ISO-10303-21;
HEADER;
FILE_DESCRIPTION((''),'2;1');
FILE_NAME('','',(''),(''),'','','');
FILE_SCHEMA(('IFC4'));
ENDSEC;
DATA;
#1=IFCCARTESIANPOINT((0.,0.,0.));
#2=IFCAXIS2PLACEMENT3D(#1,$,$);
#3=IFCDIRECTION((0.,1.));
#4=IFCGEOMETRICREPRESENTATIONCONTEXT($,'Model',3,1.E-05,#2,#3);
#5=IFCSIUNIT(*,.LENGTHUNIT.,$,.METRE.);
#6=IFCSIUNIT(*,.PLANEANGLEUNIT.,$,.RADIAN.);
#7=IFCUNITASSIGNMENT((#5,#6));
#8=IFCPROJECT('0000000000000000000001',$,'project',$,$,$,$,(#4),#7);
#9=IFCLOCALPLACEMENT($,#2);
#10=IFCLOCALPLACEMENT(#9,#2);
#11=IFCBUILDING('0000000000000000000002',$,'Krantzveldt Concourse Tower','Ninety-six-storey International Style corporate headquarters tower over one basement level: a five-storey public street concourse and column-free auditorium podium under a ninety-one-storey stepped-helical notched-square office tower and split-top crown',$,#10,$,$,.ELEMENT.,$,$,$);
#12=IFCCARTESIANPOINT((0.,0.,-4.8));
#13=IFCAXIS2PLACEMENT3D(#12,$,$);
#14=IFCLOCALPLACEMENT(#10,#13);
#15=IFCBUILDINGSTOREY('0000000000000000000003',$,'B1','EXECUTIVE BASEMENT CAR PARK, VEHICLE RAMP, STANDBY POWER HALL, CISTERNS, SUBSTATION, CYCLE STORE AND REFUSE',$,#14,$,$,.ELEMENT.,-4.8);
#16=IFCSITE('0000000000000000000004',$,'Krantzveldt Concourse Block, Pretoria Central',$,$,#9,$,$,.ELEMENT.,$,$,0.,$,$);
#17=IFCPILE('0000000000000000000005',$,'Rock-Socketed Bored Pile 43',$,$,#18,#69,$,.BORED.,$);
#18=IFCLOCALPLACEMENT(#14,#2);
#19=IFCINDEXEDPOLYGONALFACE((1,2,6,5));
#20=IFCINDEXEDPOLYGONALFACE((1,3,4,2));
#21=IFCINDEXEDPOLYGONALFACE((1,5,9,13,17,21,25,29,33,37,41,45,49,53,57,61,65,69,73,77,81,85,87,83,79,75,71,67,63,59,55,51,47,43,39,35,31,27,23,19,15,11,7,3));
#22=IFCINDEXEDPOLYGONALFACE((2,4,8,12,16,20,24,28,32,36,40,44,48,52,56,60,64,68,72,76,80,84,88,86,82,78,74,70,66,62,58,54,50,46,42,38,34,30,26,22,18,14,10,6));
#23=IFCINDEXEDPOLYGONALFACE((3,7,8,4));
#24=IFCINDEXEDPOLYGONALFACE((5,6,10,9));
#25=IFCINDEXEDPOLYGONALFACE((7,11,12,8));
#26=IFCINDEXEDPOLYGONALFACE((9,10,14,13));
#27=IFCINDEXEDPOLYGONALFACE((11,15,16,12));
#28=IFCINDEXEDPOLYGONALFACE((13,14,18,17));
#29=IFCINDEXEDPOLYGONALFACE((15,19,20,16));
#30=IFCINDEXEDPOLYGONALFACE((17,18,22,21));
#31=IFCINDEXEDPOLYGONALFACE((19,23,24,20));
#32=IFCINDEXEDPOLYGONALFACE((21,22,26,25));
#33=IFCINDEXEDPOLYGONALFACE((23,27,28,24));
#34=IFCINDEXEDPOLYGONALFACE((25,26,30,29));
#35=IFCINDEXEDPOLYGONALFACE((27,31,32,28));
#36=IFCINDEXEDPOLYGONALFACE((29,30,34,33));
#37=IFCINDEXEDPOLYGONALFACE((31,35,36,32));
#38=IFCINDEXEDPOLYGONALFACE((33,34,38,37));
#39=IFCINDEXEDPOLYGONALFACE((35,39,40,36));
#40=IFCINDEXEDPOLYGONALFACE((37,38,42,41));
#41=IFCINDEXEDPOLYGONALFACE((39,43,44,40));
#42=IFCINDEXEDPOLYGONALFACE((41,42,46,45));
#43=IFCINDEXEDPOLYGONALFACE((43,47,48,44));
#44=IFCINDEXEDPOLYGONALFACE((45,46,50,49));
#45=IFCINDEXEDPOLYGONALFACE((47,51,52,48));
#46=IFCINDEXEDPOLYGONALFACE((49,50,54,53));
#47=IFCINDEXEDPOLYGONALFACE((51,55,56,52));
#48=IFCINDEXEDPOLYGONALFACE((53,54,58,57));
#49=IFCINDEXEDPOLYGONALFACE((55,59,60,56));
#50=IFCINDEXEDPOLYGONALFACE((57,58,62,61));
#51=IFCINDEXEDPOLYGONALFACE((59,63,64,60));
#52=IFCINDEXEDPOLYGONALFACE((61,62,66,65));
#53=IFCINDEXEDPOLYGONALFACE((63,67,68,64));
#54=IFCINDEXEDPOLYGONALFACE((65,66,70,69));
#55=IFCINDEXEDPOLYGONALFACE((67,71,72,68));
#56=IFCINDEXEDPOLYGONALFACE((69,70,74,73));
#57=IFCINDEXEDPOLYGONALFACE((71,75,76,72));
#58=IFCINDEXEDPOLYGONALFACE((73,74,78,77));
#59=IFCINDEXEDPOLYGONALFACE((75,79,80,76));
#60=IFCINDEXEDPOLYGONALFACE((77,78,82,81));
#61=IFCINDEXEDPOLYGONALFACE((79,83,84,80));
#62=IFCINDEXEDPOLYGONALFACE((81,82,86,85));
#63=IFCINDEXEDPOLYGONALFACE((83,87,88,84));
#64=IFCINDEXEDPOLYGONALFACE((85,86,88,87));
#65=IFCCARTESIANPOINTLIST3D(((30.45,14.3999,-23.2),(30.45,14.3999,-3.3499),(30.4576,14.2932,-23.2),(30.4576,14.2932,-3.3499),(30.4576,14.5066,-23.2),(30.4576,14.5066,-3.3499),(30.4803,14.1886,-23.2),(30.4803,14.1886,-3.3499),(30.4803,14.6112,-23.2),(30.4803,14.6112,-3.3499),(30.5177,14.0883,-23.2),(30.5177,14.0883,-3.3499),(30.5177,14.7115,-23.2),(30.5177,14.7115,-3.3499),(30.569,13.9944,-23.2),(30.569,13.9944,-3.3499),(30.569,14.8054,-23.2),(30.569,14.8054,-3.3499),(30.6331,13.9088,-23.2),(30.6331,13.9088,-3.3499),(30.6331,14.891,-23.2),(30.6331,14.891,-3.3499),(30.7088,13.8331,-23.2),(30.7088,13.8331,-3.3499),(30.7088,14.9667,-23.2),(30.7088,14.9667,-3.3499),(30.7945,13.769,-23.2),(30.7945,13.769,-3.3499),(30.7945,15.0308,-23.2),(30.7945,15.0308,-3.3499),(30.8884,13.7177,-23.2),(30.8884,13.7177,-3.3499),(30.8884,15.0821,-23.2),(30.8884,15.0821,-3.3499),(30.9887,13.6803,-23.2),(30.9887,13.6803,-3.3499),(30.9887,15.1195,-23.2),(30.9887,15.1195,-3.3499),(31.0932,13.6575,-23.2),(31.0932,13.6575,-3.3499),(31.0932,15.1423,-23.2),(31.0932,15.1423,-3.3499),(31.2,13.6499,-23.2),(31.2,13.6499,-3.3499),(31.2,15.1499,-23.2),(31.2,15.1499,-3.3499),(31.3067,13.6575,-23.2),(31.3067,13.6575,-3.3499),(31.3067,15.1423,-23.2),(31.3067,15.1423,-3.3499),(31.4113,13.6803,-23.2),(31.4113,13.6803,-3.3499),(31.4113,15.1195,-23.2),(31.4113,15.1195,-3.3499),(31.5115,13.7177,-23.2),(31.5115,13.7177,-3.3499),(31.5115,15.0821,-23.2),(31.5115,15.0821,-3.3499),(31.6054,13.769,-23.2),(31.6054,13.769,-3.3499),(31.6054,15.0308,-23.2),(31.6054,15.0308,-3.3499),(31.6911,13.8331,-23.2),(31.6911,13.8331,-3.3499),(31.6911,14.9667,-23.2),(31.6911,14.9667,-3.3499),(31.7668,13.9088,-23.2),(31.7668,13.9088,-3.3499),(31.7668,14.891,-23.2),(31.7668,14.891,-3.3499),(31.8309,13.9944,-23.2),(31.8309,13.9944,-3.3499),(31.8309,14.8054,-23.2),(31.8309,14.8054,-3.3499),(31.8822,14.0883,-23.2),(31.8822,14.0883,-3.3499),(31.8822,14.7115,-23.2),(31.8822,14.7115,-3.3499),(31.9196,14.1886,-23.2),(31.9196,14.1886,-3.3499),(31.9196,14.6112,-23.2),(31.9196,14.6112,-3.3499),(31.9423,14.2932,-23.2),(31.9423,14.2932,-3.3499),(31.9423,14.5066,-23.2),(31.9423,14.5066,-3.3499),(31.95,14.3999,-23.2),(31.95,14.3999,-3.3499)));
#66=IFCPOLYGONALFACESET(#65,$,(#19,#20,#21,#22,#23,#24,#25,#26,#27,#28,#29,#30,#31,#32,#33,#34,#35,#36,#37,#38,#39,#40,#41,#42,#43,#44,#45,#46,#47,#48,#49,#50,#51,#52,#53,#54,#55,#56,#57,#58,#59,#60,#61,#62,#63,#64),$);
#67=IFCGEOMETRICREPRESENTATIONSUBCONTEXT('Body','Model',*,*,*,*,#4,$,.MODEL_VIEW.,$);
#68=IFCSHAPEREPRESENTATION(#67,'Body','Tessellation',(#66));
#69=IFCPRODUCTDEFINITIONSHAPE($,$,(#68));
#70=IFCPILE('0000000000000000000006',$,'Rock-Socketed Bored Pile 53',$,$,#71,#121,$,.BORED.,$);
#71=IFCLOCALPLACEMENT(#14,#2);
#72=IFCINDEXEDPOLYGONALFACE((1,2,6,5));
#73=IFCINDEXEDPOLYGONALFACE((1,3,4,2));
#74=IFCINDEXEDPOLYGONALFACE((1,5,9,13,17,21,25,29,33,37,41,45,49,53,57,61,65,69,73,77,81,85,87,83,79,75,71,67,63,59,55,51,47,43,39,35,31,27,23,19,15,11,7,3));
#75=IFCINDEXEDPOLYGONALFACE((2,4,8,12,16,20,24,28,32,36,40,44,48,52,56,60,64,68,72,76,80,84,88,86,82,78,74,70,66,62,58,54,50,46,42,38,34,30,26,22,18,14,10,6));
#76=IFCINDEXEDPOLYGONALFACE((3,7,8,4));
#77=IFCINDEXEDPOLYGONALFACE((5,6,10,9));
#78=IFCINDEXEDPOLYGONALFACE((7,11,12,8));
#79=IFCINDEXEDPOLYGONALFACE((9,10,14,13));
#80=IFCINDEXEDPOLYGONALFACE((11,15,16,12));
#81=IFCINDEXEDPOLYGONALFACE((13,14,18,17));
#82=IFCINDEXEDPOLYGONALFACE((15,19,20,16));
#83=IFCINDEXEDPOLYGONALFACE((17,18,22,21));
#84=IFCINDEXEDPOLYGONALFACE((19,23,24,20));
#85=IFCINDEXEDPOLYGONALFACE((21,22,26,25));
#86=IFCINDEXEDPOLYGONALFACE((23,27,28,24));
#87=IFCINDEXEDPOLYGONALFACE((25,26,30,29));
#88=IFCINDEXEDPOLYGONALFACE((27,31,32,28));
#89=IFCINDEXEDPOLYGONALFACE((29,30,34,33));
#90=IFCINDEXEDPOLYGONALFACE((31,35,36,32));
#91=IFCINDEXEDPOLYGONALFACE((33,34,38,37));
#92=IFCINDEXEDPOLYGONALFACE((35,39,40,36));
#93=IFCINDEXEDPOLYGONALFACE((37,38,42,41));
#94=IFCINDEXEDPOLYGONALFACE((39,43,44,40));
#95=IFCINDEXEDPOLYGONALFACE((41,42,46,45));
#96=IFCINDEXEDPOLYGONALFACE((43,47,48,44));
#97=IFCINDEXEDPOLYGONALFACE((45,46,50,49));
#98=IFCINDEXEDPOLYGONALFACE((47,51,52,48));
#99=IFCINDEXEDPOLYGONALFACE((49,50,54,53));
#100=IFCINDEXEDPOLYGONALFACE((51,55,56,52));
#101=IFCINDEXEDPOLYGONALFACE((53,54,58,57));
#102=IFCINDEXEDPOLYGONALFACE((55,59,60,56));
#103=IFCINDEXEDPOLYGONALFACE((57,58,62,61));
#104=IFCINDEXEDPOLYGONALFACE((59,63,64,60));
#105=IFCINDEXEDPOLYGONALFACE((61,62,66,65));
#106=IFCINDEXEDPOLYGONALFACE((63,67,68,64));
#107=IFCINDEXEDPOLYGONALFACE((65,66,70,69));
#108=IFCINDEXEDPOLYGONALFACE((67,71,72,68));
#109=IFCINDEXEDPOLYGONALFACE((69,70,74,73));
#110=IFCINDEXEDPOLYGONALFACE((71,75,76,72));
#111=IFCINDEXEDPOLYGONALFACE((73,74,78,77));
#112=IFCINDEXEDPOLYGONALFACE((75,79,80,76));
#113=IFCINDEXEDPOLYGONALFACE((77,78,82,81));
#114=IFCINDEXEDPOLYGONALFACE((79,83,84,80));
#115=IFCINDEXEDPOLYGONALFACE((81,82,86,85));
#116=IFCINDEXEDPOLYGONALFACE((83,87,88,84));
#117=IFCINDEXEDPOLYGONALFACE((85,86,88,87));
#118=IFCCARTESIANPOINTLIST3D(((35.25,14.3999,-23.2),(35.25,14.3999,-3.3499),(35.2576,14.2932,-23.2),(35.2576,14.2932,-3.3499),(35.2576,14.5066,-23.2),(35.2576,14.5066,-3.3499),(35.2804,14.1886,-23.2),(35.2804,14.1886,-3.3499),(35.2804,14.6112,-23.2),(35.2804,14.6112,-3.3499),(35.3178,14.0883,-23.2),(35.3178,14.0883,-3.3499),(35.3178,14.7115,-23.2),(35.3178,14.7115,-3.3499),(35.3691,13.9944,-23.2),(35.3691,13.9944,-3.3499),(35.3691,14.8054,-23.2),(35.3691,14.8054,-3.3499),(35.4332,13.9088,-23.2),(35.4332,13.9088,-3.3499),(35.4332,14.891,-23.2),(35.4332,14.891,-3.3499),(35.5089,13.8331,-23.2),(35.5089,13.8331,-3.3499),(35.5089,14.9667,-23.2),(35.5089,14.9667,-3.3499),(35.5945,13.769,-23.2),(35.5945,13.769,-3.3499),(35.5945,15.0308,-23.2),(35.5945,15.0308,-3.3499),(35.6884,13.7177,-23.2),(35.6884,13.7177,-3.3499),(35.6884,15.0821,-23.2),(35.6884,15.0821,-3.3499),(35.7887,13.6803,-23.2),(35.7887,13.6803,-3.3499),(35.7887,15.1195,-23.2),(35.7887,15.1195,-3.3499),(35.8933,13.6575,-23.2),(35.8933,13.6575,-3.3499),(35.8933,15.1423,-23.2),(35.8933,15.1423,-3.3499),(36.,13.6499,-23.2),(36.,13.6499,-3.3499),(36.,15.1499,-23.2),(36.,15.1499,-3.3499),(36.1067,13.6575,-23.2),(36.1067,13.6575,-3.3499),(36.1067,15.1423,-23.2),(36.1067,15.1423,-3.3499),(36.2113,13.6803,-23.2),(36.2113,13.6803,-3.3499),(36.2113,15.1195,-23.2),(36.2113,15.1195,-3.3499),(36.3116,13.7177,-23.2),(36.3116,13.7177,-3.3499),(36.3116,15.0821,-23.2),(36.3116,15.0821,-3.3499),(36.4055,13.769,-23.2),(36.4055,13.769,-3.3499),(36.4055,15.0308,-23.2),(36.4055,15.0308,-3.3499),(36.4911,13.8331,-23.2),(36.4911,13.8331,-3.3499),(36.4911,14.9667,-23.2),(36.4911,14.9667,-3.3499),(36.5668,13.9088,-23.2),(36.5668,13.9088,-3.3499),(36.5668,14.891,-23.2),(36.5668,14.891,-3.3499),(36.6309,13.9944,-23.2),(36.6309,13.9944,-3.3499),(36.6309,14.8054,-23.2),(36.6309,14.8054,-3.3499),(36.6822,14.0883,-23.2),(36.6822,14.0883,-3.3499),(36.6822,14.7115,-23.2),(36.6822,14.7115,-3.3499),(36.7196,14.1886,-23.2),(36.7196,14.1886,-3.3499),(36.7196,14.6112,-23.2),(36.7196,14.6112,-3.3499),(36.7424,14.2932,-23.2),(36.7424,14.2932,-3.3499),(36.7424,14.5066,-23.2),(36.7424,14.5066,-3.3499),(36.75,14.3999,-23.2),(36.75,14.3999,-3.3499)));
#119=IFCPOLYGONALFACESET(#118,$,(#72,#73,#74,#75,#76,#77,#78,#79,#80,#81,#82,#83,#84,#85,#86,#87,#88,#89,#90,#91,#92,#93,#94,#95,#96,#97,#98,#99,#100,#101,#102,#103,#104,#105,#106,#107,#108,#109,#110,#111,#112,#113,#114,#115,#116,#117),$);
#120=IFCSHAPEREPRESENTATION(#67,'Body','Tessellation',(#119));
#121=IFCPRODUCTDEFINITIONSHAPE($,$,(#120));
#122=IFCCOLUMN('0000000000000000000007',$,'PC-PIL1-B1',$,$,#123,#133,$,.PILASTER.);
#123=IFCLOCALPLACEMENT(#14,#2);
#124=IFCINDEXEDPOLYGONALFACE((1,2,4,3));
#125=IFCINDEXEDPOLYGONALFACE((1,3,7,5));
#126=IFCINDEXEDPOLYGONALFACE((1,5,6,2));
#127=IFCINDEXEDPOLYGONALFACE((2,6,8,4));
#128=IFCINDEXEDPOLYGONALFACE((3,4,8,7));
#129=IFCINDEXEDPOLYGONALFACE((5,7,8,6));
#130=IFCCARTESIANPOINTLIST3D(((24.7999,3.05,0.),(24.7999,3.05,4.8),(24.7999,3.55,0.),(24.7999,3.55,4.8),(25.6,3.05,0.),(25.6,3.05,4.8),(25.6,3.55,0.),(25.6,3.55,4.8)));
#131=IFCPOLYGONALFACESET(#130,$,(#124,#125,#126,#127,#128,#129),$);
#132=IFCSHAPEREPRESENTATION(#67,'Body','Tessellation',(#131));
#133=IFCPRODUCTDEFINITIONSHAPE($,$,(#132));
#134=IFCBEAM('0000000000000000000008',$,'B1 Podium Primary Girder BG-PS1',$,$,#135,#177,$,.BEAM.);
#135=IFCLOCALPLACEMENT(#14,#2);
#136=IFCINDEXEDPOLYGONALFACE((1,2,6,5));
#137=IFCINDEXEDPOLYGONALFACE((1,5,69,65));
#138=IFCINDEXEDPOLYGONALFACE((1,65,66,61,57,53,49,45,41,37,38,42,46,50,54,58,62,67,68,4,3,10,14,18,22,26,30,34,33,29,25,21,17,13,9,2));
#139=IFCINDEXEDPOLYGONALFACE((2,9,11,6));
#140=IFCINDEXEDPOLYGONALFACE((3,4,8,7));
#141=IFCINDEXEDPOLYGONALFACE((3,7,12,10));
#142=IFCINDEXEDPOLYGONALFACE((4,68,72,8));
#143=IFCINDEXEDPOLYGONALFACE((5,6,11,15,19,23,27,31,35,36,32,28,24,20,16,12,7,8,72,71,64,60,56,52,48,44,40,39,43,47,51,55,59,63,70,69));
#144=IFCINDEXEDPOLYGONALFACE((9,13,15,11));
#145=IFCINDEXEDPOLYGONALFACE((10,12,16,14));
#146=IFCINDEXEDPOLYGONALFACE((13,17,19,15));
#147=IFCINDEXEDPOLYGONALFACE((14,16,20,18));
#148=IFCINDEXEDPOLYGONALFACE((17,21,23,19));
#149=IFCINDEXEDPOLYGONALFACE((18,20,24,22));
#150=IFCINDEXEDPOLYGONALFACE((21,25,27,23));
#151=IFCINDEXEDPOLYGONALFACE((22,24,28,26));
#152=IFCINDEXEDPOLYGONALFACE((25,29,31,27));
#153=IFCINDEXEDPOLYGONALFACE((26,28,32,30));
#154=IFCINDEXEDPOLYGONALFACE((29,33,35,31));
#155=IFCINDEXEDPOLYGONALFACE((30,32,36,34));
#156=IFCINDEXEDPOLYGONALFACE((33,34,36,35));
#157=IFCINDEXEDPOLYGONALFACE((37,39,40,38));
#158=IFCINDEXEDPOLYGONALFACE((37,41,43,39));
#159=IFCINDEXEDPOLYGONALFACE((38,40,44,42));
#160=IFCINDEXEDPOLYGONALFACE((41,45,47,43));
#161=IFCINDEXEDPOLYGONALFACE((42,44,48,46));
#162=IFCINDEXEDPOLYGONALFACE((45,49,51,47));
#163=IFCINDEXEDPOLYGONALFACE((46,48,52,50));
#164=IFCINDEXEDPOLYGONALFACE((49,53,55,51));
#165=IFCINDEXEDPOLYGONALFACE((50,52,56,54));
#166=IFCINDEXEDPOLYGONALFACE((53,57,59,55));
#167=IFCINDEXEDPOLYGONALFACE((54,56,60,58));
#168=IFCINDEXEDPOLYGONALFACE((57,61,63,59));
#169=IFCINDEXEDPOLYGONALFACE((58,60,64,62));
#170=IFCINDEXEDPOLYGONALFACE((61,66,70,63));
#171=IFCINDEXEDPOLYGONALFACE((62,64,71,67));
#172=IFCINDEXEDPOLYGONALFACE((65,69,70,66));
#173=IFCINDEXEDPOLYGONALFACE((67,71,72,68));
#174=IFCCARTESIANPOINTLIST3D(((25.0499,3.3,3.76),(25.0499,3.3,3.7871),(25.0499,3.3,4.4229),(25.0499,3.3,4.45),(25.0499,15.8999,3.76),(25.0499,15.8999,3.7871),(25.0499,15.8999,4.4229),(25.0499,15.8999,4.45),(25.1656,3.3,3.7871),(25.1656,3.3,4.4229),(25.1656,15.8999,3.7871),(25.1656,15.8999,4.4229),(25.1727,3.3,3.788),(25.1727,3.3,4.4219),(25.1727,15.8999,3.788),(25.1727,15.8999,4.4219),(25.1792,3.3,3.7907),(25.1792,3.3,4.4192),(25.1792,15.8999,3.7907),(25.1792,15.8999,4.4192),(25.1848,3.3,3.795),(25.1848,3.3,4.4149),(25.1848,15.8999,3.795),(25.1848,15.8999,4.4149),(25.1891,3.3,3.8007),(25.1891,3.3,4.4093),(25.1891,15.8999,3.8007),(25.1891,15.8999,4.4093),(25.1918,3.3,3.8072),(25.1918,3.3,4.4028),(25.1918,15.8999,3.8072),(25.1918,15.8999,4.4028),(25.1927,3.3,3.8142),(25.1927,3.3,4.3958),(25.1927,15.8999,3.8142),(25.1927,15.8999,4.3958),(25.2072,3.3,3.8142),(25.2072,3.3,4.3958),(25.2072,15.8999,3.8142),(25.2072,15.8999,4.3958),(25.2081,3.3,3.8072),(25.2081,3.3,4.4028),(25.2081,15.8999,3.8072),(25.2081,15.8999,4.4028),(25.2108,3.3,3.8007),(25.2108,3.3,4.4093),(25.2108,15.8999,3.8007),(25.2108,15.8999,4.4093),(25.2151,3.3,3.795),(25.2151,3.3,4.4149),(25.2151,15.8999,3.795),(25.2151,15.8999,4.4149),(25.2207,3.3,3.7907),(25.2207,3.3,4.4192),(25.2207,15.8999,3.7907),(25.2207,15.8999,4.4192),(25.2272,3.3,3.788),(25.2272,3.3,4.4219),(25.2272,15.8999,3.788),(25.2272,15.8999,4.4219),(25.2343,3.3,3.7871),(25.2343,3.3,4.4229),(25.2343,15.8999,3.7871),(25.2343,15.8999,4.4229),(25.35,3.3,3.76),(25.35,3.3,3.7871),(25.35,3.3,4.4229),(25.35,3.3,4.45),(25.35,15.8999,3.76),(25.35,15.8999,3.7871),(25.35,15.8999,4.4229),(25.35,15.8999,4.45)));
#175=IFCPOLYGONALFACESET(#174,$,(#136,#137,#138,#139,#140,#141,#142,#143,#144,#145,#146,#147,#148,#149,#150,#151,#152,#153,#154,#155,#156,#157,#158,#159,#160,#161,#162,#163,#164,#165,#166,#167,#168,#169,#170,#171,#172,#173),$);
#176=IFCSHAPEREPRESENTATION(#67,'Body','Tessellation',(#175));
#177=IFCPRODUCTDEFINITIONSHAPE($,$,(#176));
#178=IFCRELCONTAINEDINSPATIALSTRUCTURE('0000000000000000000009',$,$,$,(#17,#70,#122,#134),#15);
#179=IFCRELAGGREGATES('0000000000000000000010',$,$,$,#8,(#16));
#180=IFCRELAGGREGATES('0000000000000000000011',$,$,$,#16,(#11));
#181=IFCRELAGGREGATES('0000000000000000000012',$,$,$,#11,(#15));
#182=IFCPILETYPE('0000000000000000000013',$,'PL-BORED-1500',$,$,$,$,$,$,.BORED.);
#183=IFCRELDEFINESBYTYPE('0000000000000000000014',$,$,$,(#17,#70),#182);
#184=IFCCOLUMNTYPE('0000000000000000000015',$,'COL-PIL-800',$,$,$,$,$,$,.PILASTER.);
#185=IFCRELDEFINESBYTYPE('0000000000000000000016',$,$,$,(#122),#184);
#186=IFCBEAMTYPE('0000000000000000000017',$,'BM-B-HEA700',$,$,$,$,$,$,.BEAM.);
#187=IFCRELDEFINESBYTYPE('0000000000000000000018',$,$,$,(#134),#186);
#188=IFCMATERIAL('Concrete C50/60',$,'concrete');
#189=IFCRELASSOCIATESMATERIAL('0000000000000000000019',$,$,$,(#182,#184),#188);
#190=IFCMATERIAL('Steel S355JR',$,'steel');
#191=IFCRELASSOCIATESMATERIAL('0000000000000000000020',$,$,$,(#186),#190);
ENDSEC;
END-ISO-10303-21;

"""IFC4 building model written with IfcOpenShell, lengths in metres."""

from ifc_helpers import new_model, si_unit, direction, frame, origin, origin_2d, place, context, subcontext, project, spatial, rectangle, circle, i_section, extrude, source, transform, mapped, material, material_profile, profile_set, type_object, type_shapes, element, save


model = new_model("IFC4")

# Units and contexts
model_context = context("Model", 3, precision=1e-05, world=origin(), true_north=direction((0.0, 1.0)))
body_context = subcontext(model_context, "Body", "Model", "MODEL_VIEW")
ifc_project = project(units=[si_unit("LENGTHUNIT", "METRE"), si_unit("PLANEANGLEUNIT", "RADIAN")], contexts=[model_context])

# Site, building, storey
site_placement = place(None, origin())
site = spatial("IfcSite", under=ifc_project, at=site_placement, Name="Krantzveldt Concourse Block, Pretoria Central", CompositionType="ELEMENT", RefElevation=0.0)
building_placement = place(site_placement, origin())
building = spatial("IfcBuilding", under=site, at=building_placement, Name="Krantzveldt Concourse Tower", Description="Ninety-six-storey International Style corporate headquarters tower over one basement level: a five-storey public street concourse and column-free auditorium podium under a ninety-one-storey stepped-helical notched-square office tower and split-top crown", CompositionType="ELEMENT")
storey_placement = place(building_placement, frame((0.0, 0.0, -4.8)))
storey = spatial("IfcBuildingStorey", under=building, at=storey_placement, Name="B1", Description="EXECUTIVE BASEMENT CAR PARK, VEHICLE RAMP, STANDBY POWER HALL, CISTERNS, SUBSTATION, CYCLE STORE AND REFUSE", CompositionType="ELEMENT", Elevation=-4.8)

# Piles
ifc_material_1 = material(Name="Concrete C50/60", Category="concrete")
ifc_material_profile_1 = material_profile(ifc_material_1, circle(Radius=0.75, at=origin_2d()), Name="Concrete C50/60", Category="concrete")
ifc_profile_set_1 = profile_set([ifc_material_profile_1], Name="Concrete C50/60 - PILE D1500")
pile_type_1 = type_object("IfcPileType", Name="PL-BORED-1500", PredefinedType="BORED", material=ifc_profile_set_1)
shared_shape_1 = source(origin(), body_context, "Body", "SweptSolid", [
    extrude(circle(Radius=0.75, at=origin_2d()), origin(), (0.0, 0.0, 1.0), 19.8501),
])
type_shapes(pile_type_1, [shared_shape_1])
for number, where, z_axis, x_axis, name in (
    (1, (31.2, 14.3999, -3.3499), (0.0, 0.0, -1.0), (1.0, 0.0, 0.0), "Rock-Socketed Bored Pile 43"),
    (2, (36.0, 14.3999, -3.3499), (0.0, 0.0, -1.0), (1.0, 0.0, 0.0), "Rock-Socketed Bored Pile 53"),
):
    element("IfcPile", number, at=place(storey_placement, frame(where, z_axis=z_axis, x_axis=x_axis)), inside=storey, type_object=pile_type_1, Name=name, PredefinedType="BORED", context=body_context, shape_type="MappedRepresentation", body=[
        mapped(shared_shape_1, transform((0.0, 0.0, 0.0), x_axis=(1.0, 0.0, 0.0), y_axis=(0.0, 1.0, 0.0), z_axis=(0.0, 0.0, 1.0), scale=1.0)),
    ])

# Column
ifc_material_profile_2 = material_profile(ifc_material_1, rectangle(XDim=0.8, YDim=0.5, at=origin_2d()), Name="Concrete C50/60", Category="concrete")
ifc_profile_set_2 = profile_set([ifc_material_profile_2], Name="Concrete C50/60 - RC-PIL 800x500")
column_type = type_object("IfcColumnType", Name="COL-PIL-800", PredefinedType="PILASTER", material=ifc_profile_set_2)
shared_shape_2 = source(origin(), body_context, "Body", "SweptSolid", [
    extrude(rectangle(XDim=0.8, YDim=0.5, at=origin_2d()), origin(), (0.0, 0.0, 1.0), 4.8),
])
type_shapes(column_type, [shared_shape_2])
column_placement = place(storey_placement, frame((25.2, 3.3, 0.0), z_axis=(0.0, 0.0, 1.0), x_axis=(1.0, 0.0, 0.0)))
element("IfcColumn", 3, at=column_placement, inside=storey, type_object=column_type, Name="PC-PIL1-B1", PredefinedType="PILASTER", context=body_context, shape_type="MappedRepresentation", body=[
    mapped(shared_shape_2, transform((0.0, 0.0, 0.0), x_axis=(1.0, 0.0, 0.0), y_axis=(0.0, 1.0, 0.0), z_axis=(0.0, 0.0, 1.0), scale=1.0)),
])

# Beam
ifc_material_2 = material(Name="Steel S355JR", Category="steel")
ifc_material_profile_3 = material_profile(ifc_material_2, i_section(OverallWidth=0.3, OverallDepth=0.6899, WebThickness=0.0144, FlangeThickness=0.0271, FilletRadius=0.0271, at=origin_2d()), Name="Steel S355JR", Category="steel")
ifc_profile_set_3 = profile_set([ifc_material_profile_3], Name="Steel S355JR - HEA 700")
beam_type_1 = type_object("IfcBeamType", Name="BM-B-HEA700", PredefinedType="BEAM", material=ifc_profile_set_3)
shared_shape_3 = source(origin(), body_context, "Body", "SweptSolid", [
    extrude(i_section(OverallWidth=0.3, OverallDepth=0.6899, WebThickness=0.0144, FlangeThickness=0.0271, FilletRadius=0.0271, at=origin_2d()), origin(), (0.0, 0.0, 1.0), 12.5999),
])
type_shapes(beam_type_1, [shared_shape_3])
beam_1_placement = place(storey_placement, frame((25.2, 3.3, 4.105), z_axis=(0.0, 1.0, 0.0), x_axis=(-1.0, 0.0, 0.0)))
element("IfcBeam", 4, at=beam_1_placement, inside=storey, type_object=beam_type_1, Name="B1 Podium Primary Girder BG-PS1", PredefinedType="BEAM", context=body_context, shape_type="MappedRepresentation", body=[
    mapped(shared_shape_3, transform((0.0, 0.0, 0.0), x_axis=(1.0, 0.0, 0.0), y_axis=(0.0, 1.0, 0.0), z_axis=(0.0, 0.0, 1.0), scale=1.0)),
])

save(model, "model.ifc")
